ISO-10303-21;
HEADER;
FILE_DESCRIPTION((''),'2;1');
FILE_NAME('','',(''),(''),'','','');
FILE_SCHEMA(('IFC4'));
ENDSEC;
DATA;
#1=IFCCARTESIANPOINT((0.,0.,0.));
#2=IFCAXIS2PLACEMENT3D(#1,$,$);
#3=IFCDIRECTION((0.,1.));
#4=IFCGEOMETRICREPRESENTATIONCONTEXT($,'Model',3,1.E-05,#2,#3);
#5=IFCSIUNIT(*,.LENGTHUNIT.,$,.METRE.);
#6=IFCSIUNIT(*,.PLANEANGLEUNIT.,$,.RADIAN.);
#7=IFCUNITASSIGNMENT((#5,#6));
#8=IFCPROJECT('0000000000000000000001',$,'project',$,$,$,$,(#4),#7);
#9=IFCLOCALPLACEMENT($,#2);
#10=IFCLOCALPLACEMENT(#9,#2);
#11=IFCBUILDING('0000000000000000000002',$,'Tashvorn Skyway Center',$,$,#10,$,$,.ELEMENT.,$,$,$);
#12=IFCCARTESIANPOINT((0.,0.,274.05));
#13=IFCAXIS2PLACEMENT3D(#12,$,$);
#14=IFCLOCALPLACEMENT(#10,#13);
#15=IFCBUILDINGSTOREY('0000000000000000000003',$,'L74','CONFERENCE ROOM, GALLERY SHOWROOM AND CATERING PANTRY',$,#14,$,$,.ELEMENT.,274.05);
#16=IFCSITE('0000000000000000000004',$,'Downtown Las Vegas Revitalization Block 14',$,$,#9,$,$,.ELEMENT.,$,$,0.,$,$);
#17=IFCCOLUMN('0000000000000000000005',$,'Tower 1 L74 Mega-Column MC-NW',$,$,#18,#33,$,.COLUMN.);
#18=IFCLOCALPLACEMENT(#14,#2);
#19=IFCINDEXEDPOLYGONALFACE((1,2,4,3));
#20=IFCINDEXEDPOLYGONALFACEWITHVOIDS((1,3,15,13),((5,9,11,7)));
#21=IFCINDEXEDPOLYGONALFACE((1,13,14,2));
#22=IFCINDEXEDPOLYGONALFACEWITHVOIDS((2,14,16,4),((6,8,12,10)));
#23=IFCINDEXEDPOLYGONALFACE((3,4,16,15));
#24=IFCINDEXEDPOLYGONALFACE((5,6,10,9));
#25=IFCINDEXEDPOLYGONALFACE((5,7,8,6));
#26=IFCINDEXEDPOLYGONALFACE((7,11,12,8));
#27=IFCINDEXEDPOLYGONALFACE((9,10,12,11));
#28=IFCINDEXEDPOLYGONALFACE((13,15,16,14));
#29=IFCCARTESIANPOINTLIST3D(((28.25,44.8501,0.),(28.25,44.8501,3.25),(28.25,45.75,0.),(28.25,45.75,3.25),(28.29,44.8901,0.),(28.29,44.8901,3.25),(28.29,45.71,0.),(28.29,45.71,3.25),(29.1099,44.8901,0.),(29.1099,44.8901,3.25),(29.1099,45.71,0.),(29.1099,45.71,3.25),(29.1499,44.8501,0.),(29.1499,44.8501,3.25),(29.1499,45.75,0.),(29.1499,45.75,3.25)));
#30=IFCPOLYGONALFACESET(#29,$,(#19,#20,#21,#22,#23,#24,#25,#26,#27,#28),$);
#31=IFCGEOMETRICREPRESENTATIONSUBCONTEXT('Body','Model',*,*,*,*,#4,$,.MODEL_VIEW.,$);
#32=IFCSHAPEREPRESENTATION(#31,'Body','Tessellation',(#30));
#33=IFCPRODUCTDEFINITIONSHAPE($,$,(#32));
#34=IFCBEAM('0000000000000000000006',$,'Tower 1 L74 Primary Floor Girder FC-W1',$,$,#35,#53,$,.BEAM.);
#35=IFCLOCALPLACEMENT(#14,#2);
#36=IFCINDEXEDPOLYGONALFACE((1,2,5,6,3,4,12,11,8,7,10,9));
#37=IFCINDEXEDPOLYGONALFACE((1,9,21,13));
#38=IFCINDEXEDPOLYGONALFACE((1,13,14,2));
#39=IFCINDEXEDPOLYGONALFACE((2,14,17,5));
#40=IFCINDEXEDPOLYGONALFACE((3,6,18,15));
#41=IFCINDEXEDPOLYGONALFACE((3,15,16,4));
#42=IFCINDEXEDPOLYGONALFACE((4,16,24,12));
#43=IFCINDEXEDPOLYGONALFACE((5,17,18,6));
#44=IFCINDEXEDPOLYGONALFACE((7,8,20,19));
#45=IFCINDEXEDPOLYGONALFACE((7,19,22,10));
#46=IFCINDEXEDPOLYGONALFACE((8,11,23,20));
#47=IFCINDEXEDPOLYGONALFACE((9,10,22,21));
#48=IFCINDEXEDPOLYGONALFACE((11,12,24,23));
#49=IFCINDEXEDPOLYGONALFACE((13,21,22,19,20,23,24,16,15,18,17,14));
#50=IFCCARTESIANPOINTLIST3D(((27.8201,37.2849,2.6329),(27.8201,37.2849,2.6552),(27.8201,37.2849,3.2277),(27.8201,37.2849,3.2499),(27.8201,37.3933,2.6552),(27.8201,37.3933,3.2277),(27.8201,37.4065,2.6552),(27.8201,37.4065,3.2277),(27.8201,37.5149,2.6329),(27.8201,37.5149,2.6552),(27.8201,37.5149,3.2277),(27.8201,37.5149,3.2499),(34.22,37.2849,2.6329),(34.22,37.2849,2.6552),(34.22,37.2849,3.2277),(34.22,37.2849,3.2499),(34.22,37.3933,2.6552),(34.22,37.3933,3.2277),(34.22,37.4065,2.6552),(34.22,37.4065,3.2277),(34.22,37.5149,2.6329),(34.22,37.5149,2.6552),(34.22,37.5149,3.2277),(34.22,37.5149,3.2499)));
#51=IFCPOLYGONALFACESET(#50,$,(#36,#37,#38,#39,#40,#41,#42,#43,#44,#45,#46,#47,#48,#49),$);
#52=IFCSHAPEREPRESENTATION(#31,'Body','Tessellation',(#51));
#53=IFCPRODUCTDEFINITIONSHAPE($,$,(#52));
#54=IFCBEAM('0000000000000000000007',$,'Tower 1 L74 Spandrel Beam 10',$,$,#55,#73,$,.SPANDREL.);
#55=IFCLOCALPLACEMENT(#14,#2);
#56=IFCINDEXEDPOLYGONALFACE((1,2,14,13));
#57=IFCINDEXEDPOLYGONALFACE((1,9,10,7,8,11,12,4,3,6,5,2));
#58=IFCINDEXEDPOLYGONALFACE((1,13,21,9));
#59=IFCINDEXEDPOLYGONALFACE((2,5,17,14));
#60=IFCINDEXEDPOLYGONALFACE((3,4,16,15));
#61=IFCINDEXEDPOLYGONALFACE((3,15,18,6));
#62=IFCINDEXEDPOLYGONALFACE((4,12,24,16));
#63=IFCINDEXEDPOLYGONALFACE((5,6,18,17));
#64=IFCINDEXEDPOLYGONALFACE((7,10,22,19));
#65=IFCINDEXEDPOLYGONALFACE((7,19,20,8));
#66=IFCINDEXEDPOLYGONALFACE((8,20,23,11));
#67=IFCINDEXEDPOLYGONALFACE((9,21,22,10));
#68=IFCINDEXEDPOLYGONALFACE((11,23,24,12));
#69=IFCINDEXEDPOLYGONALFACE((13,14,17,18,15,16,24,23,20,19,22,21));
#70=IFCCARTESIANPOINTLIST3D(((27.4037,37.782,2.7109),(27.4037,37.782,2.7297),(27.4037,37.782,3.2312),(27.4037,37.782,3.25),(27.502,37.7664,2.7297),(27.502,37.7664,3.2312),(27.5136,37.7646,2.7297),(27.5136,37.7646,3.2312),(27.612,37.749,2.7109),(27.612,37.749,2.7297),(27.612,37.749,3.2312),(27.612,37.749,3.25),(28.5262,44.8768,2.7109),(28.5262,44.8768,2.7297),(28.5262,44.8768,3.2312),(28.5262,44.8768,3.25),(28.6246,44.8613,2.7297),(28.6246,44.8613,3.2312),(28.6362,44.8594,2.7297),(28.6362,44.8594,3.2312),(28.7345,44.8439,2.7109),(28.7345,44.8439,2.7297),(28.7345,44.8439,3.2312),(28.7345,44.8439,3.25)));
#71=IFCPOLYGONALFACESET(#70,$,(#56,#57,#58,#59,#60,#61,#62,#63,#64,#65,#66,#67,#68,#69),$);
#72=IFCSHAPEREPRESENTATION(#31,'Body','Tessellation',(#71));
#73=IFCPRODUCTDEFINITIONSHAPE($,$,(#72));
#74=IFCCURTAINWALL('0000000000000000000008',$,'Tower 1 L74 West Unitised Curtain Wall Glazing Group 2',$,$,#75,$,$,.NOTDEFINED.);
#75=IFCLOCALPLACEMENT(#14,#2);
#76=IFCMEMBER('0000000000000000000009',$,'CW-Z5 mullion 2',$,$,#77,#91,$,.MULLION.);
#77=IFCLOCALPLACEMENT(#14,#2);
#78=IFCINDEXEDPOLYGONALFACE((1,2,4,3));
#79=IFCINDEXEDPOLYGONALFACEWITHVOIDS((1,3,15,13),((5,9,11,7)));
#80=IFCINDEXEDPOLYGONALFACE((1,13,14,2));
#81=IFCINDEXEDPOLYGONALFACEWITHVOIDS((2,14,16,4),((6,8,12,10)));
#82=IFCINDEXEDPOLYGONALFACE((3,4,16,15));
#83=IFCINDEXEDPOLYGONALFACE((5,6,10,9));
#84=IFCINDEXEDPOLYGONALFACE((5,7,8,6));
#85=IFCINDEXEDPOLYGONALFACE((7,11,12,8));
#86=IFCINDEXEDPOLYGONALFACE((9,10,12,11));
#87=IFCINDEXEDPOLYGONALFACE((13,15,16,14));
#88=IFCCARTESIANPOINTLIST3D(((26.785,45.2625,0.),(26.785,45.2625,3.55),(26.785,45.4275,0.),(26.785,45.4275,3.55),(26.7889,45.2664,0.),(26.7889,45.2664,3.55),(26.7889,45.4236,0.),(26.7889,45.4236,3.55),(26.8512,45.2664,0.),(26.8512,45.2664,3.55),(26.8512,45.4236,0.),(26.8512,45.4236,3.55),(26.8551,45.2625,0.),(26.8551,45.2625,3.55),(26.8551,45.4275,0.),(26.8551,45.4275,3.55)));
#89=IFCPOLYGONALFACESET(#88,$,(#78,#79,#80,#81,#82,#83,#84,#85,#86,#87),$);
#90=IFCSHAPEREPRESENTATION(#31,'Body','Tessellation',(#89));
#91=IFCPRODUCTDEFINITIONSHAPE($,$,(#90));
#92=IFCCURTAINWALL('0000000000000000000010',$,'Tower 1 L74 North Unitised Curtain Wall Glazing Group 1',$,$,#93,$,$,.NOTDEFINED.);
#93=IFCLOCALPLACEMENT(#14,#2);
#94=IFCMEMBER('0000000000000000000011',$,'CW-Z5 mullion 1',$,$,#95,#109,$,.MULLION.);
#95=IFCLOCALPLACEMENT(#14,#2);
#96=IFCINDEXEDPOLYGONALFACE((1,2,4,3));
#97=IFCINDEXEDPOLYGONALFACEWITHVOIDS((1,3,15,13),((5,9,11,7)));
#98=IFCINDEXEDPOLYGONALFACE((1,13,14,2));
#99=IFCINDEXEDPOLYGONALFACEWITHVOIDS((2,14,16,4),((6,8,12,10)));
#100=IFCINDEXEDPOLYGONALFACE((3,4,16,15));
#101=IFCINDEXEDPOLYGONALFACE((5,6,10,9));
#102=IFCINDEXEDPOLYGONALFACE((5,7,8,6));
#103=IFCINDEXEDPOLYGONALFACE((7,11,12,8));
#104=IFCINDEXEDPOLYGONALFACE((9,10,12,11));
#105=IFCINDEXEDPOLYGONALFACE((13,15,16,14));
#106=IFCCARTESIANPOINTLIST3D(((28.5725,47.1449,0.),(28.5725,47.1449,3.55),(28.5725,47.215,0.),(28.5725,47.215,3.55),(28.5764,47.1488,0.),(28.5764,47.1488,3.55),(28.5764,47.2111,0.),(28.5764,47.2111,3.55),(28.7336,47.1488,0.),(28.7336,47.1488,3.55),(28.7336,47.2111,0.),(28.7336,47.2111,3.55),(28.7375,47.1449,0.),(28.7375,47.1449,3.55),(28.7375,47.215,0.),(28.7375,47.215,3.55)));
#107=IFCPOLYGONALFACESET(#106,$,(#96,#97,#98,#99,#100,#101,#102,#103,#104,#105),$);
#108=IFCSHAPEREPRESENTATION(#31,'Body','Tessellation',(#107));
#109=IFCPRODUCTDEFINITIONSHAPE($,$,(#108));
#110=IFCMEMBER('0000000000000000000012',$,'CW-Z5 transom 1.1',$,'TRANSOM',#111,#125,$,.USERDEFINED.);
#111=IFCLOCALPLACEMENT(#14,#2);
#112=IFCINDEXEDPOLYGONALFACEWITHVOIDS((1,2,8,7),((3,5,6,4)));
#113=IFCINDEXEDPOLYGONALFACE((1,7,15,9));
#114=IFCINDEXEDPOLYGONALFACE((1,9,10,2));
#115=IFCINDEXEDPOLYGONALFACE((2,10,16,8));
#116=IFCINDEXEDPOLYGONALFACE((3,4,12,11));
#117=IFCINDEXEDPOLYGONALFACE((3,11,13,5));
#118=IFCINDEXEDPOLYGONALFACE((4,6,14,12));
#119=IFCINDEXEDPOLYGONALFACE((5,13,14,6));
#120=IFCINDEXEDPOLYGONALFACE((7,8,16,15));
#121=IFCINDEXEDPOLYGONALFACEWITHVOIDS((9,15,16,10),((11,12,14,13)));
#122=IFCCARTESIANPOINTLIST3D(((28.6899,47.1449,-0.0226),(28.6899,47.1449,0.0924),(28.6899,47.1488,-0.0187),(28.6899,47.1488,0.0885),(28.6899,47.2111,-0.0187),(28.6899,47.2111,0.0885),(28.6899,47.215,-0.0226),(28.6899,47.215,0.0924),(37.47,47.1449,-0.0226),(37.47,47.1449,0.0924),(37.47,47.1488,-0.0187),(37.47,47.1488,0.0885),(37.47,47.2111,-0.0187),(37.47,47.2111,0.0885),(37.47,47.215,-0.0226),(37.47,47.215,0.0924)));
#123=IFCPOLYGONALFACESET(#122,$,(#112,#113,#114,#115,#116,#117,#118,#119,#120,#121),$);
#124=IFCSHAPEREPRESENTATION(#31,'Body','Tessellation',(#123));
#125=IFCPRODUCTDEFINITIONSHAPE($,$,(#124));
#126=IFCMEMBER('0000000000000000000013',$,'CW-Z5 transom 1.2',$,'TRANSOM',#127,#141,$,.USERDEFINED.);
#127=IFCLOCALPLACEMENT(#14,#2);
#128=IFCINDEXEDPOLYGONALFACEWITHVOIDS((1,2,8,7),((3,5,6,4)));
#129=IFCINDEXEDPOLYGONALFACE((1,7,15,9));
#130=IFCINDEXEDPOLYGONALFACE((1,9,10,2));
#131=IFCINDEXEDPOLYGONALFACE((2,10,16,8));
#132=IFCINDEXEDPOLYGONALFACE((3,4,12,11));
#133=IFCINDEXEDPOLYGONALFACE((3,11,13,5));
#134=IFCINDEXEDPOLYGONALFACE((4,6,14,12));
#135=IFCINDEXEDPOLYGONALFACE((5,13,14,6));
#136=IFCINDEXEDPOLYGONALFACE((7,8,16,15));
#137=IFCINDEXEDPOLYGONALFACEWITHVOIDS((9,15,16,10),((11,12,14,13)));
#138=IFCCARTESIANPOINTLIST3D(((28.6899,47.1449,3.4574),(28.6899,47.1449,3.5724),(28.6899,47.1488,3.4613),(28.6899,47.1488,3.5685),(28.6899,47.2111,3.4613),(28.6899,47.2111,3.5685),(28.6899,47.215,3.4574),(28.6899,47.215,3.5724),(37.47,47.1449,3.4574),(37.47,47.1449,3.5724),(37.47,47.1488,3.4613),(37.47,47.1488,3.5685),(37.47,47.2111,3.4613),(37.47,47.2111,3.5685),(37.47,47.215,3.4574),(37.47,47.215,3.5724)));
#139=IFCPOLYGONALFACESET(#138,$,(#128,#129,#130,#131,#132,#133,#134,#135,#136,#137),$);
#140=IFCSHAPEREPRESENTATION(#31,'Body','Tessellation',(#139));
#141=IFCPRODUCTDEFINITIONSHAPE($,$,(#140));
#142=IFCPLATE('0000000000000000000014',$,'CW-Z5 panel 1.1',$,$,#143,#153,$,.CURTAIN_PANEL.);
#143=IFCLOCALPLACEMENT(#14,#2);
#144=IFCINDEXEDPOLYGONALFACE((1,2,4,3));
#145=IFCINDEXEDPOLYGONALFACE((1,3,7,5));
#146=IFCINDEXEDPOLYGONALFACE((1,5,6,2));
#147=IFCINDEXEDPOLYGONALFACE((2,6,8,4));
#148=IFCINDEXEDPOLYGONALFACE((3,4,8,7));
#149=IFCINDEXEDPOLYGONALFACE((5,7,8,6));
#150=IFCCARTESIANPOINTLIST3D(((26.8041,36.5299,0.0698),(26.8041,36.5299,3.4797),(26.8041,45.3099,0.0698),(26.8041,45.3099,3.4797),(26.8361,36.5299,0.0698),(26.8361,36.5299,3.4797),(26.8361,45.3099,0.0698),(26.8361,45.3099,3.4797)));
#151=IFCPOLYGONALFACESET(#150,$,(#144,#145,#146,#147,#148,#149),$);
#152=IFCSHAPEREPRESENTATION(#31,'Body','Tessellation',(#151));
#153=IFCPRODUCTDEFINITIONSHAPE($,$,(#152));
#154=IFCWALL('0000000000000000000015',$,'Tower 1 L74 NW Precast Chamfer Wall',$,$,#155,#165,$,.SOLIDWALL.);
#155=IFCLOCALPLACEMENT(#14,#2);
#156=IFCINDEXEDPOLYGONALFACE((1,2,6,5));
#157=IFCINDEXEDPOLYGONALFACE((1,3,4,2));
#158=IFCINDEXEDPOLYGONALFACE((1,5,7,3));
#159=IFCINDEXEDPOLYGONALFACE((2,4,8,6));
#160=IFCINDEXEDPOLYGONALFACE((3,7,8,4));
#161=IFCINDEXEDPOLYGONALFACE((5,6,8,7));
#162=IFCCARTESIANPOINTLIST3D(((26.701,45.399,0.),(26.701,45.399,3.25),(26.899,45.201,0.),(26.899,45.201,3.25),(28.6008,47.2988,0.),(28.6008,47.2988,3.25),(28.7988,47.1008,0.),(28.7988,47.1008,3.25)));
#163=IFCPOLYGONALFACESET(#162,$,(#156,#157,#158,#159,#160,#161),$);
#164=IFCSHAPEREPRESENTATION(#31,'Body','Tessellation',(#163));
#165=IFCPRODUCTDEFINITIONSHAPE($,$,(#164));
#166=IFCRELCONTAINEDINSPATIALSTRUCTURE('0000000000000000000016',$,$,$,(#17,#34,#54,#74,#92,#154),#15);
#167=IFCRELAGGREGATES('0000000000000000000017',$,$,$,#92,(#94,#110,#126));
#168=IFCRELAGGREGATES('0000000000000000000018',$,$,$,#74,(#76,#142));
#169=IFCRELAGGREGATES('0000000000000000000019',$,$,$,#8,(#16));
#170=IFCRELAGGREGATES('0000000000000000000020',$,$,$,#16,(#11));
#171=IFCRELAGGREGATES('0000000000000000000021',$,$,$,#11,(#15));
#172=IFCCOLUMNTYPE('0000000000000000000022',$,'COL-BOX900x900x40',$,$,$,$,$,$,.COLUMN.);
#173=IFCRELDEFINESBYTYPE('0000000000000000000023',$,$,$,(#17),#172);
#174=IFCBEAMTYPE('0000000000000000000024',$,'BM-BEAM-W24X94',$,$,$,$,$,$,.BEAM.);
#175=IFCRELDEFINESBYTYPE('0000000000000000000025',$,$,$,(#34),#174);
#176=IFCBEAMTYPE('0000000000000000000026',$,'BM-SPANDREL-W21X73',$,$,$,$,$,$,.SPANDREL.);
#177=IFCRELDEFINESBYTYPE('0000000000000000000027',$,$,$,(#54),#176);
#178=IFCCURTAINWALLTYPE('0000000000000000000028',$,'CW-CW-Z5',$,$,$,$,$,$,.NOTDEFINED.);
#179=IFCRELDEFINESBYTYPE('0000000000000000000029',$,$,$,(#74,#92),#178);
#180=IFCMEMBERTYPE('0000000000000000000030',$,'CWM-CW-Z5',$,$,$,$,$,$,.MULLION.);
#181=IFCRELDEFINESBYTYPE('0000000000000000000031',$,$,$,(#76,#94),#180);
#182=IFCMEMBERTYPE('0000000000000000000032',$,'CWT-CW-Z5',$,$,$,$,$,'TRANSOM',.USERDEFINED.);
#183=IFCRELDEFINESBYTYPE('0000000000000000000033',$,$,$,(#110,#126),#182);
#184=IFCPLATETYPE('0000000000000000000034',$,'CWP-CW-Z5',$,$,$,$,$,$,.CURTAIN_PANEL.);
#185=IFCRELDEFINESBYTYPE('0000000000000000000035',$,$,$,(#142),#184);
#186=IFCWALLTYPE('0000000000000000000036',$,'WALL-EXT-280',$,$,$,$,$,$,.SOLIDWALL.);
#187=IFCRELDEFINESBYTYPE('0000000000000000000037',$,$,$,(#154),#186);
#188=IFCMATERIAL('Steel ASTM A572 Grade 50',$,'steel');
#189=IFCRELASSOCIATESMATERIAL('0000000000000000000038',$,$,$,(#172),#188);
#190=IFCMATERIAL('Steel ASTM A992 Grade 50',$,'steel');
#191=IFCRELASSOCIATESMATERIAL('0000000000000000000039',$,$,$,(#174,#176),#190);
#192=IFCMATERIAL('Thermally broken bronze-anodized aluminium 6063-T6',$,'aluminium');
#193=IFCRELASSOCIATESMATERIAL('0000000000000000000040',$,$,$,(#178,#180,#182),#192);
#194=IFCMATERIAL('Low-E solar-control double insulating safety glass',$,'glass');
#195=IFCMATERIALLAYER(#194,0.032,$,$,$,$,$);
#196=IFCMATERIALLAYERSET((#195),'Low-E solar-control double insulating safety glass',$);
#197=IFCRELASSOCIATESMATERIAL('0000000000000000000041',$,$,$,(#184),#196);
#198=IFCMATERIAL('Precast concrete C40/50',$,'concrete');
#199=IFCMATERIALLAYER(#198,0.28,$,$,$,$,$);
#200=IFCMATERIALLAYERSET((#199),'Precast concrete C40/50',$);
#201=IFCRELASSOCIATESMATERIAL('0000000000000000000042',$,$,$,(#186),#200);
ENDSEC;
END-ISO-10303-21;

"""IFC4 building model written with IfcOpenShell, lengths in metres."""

from ifc_helpers import new_model, si_unit, direction, frame, frame_2d, origin, origin_2d, place, context, subcontext, project, spatial, rectangle, hollow_rectangle, i_section, extrude, material, layer, layer_set, material_profile, profile_set, type_object, element, aggregate, save


model = new_model("IFC4")

# Units and contexts
model_context = context("Model", 3, precision=1e-05, world=origin(), true_north=direction((0.0, 1.0)))
body_context = subcontext(model_context, "Body", "Model", "MODEL_VIEW")
ifc_project = project(units=[si_unit("LENGTHUNIT", "METRE"), si_unit("PLANEANGLEUNIT", "RADIAN")], contexts=[model_context])

# Site, building, storey
site_placement = place(None, origin())
site = spatial("IfcSite", under=ifc_project, at=site_placement, Name="Downtown Las Vegas Revitalization Block 14", CompositionType="ELEMENT", RefElevation=0.0)
building_placement = place(site_placement, origin())
building = spatial("IfcBuilding", under=site, at=building_placement, Name="Tashvorn Skyway Center", CompositionType="ELEMENT")
storey_placement = place(building_placement, frame((0.0, 0.0, 274.05)))
storey = spatial("IfcBuildingStorey", under=building, at=storey_placement, Name="L74", Description="CONFERENCE ROOM, GALLERY SHOWROOM AND CATERING PANTRY", CompositionType="ELEMENT", Elevation=274.05)

# Column
ifc_material_1 = material(Name="Steel ASTM A572 Grade 50", Category="steel")
ifc_material_profile_1 = material_profile(ifc_material_1, hollow_rectangle(XDim=0.8999, YDim=0.8999, WallThickness=0.04, at=origin_2d()), Name="BOX900x900x40")
ifc_profile_set_1 = profile_set([ifc_material_profile_1], Name="Steel ASTM A572 Grade 50")
column_type = type_object("IfcColumnType", Name="COL-BOX900x900x40", PredefinedType="COLUMN", material=ifc_profile_set_1)
column_placement = place(storey_placement, frame((28.7, 45.3, 0.0), z_axis=(0.0, 0.0, 1.0), x_axis=(1.0, 0.0, 0.0)))
element("IfcColumn", 1, at=column_placement, inside=storey, type_object=column_type, Name="Tower 1 L74 Mega-Column MC-NW", PredefinedType="COLUMN", context=body_context, shape_type="SweptSolid", body=[
    extrude(hollow_rectangle(XDim=0.8999, YDim=0.8999, WallThickness=0.04, at=origin_2d()), origin(), (0.0, 0.0, 1.0), 3.25),
])

# Beams
ifc_material_2 = material(Name="Steel ASTM A992 Grade 50", Category="steel")
ifc_material_profile_2 = material_profile(ifc_material_2, i_section(OverallWidth=0.23, OverallDepth=0.6169, WebThickness=0.0132, FlangeThickness=0.0222, at=origin_2d()), Name="W24X94")
ifc_profile_set_2 = profile_set([ifc_material_profile_2], Name="Steel ASTM A992 Grade 50")
beam_type_1 = type_object("IfcBeamType", Name="BM-BEAM-W24X94", PredefinedType="BEAM", material=ifc_profile_set_2)
beam_1_placement = place(storey_placement, frame((27.8201, 37.3999, 2.9414), z_axis=(1.0, 0.0, 0.0), x_axis=(0.0, 1.0, 0.0)))
element("IfcBeam", 2, at=beam_1_placement, inside=storey, type_object=beam_type_1, Name="Tower 1 L74 Primary Floor Girder FC-W1", PredefinedType="BEAM", context=body_context, shape_type="SweptSolid", body=[
    extrude(i_section(OverallWidth=0.23, OverallDepth=0.6169, WebThickness=0.0132, FlangeThickness=0.0222, at=origin_2d()), origin(), (0.0, 0.0, 1.0), 6.3999),
])
ifc_material_profile_3 = material_profile(ifc_material_2, i_section(OverallWidth=0.2109, OverallDepth=0.5391, WebThickness=0.0117, FlangeThickness=0.0188, at=origin_2d()), Name="W21X73")
ifc_profile_set_3 = profile_set([ifc_material_profile_3], Name="Steel ASTM A992 Grade 50")
beam_type_2 = type_object("IfcBeamType", Name="BM-SPANDREL-W21X73", PredefinedType="SPANDREL", material=ifc_profile_set_3)
beam_2_placement = place(storey_placement, frame((28.6304, 44.8604, 2.9805), z_axis=(-0.156275, -0.987714, 0.0), x_axis=(0.987714, -0.156275, 0.0)))
element("IfcBeam", 3, at=beam_2_placement, inside=storey, type_object=beam_type_2, Name="Tower 1 L74 Spandrel Beam 10", PredefinedType="SPANDREL", context=body_context, shape_type="SweptSolid", body=[
    extrude(i_section(OverallWidth=0.2109, OverallDepth=0.5391, WebThickness=0.0117, FlangeThickness=0.0188, at=origin_2d()), origin(), (0.0, 0.0, 1.0), 7.1831),
])

# Curtain wall, member
ifc_material_3 = material(Name="Thermally broken bronze-anodized aluminium 6063-T6", Category="aluminium")
curtain_wall_type = type_object("IfcCurtainWallType", Name="CW-CW-Z5", PredefinedType="NOTDEFINED", material=ifc_material_3)
curtain_wall_1_placement = place(storey_placement, origin())
curtain_wall_1 = element("IfcCurtainWall", 4, at=curtain_wall_1_placement, inside=storey, type_object=curtain_wall_type, Name="Tower 1 L74 West Unitised Curtain Wall Glazing Group 2", PredefinedType="NOTDEFINED")
ifc_material_profile_4 = material_profile(ifc_material_3, hollow_rectangle(XDim=0.0701, YDim=0.165, WallThickness=0.0039, at=origin_2d()), Name="ALU-MULL-70x165")
ifc_profile_set_4 = profile_set([ifc_material_profile_4], Name="Thermally broken bronze-anodized aluminium 6063-T6")
member_type_1 = type_object("IfcMemberType", Name="CWM-CW-Z5", PredefinedType="MULLION", material=ifc_profile_set_4)
member_1_placement = place(storey_placement, frame((26.8201, 45.345, 0.0), z_axis=(0.0, 0.0, 1.0), x_axis=(-1.0, 0.0, 0.0)))
member_1 = element("IfcMember", 5, at=member_1_placement, type_object=member_type_1, Name="CW-Z5 mullion 2", PredefinedType="MULLION", context=body_context, shape_type="SweptSolid", body=[
    extrude(hollow_rectangle(XDim=0.0701, YDim=0.165, WallThickness=0.0039, at=origin_2d()), origin(), (0.0, 0.0, 1.0), 3.55),
])

# Curtain wall, members
curtain_wall_2_placement = place(storey_placement, origin())
curtain_wall_2 = element("IfcCurtainWall", 6, at=curtain_wall_2_placement, inside=storey, type_object=curtain_wall_type, Name="Tower 1 L74 North Unitised Curtain Wall Glazing Group 1", PredefinedType="NOTDEFINED")
member_2_placement = place(storey_placement, frame((28.655, 47.1799, 0.0), z_axis=(0.0, 0.0, 1.0), x_axis=(0.0, 1.0, 0.0)))
member_2 = element("IfcMember", 7, at=member_2_placement, type_object=member_type_1, Name="CW-Z5 mullion 1", PredefinedType="MULLION", context=body_context, shape_type="SweptSolid", body=[
    extrude(hollow_rectangle(XDim=0.0701, YDim=0.165, WallThickness=0.0039, at=origin_2d()), origin(), (0.0, 0.0, 1.0), 3.55),
])
ifc_material_profile_5 = material_profile(ifc_material_3, hollow_rectangle(XDim=0.0701, YDim=0.115, WallThickness=0.0039, at=origin_2d()), Name="ALU-TRAN-70x115")
ifc_profile_set_5 = profile_set([ifc_material_profile_5], Name="Thermally broken bronze-anodized aluminium 6063-T6")
member_type_2 = type_object("IfcMemberType", Name="CWT-CW-Z5", ElementType="TRANSOM", PredefinedType="USERDEFINED", material=ifc_profile_set_5)
member_3_placement = place(storey_placement, frame((28.6899, 47.1799, 0.0349), z_axis=(1.0, 0.0, 0.0), x_axis=(0.0, 1.0, 0.0)))
member_3 = element("IfcMember", 8, at=member_3_placement, type_object=member_type_2, Name="CW-Z5 transom 1.1", ObjectType="TRANSOM", PredefinedType="USERDEFINED", context=body_context, shape_type="SweptSolid", body=[
    extrude(hollow_rectangle(XDim=0.0701, YDim=0.115, WallThickness=0.0039, at=origin_2d()), origin(), (0.0, 0.0, 1.0), 8.78),
])
member_4_placement = place(storey_placement, frame((28.6899, 47.1799, 3.5149), z_axis=(1.0, 0.0, 0.0), x_axis=(0.0, 1.0, 0.0)))
member_4 = element("IfcMember", 9, at=member_4_placement, type_object=member_type_2, Name="CW-Z5 transom 1.2", ObjectType="TRANSOM", PredefinedType="USERDEFINED", context=body_context, shape_type="SweptSolid", body=[
    extrude(hollow_rectangle(XDim=0.0701, YDim=0.115, WallThickness=0.0039, at=origin_2d()), origin(), (0.0, 0.0, 1.0), 8.78),
])
aggregate(curtain_wall_2, [member_2, member_3, member_4])

# Plate
ifc_material_4 = material(Name="Low-E solar-control double insulating safety glass", Category="glass")
ifc_layer_1 = layer(ifc_material_4, 0.032)
ifc_layer_set_1 = layer_set([ifc_layer_1], Name="Low-E solar-control double insulating safety glass")
plate_type = type_object("IfcPlateType", Name="CWP-CW-Z5", PredefinedType="CURTAIN_PANEL", material=ifc_layer_set_1)
plate_placement = place(storey_placement, frame((26.8201, 40.9199, 0.0698), z_axis=(0.0, 0.0, 1.0), x_axis=(0.0, 1.0, 0.0)))
plate = element("IfcPlate", 10, at=plate_placement, type_object=plate_type, Name="CW-Z5 panel 1.1", PredefinedType="CURTAIN_PANEL", context=body_context, shape_type="SweptSolid", body=[
    extrude(rectangle(XDim=8.78, YDim=0.032, at=origin_2d()), origin(), (0.0, 0.0, 1.0), 3.4099),
])
aggregate(curtain_wall_1, [member_1, plate])

# Wall
ifc_material_5 = material(Name="Precast concrete C40/50", Category="concrete")
ifc_layer_2 = layer(ifc_material_5, 0.28)
ifc_layer_set_2 = layer_set([ifc_layer_2], Name="Precast concrete C40/50")
wall_type_1 = type_object("IfcWallType", Name="WALL-EXT-280", PredefinedType="SOLIDWALL", material=ifc_layer_set_2)
wall_1_placement = place(storey_placement, frame((26.8, 45.3, 0.0), z_axis=(0.0, 0.0, 1.0), x_axis=(0.707107, 0.707107, 0.0)))
element("IfcWall", 11, at=wall_1_placement, inside=storey, type_object=wall_type_1, Name="Tower 1 L74 NW Precast Chamfer Wall", PredefinedType="SOLIDWALL", context=body_context, shape_type="SweptSolid", body=[
    extrude(rectangle(XDim=2.6868, YDim=0.28, at=frame_2d((1.3433, 0.0))), origin(), (0.0, 0.0, 1.0), 3.25),
])

save(model, "model.ifc")
